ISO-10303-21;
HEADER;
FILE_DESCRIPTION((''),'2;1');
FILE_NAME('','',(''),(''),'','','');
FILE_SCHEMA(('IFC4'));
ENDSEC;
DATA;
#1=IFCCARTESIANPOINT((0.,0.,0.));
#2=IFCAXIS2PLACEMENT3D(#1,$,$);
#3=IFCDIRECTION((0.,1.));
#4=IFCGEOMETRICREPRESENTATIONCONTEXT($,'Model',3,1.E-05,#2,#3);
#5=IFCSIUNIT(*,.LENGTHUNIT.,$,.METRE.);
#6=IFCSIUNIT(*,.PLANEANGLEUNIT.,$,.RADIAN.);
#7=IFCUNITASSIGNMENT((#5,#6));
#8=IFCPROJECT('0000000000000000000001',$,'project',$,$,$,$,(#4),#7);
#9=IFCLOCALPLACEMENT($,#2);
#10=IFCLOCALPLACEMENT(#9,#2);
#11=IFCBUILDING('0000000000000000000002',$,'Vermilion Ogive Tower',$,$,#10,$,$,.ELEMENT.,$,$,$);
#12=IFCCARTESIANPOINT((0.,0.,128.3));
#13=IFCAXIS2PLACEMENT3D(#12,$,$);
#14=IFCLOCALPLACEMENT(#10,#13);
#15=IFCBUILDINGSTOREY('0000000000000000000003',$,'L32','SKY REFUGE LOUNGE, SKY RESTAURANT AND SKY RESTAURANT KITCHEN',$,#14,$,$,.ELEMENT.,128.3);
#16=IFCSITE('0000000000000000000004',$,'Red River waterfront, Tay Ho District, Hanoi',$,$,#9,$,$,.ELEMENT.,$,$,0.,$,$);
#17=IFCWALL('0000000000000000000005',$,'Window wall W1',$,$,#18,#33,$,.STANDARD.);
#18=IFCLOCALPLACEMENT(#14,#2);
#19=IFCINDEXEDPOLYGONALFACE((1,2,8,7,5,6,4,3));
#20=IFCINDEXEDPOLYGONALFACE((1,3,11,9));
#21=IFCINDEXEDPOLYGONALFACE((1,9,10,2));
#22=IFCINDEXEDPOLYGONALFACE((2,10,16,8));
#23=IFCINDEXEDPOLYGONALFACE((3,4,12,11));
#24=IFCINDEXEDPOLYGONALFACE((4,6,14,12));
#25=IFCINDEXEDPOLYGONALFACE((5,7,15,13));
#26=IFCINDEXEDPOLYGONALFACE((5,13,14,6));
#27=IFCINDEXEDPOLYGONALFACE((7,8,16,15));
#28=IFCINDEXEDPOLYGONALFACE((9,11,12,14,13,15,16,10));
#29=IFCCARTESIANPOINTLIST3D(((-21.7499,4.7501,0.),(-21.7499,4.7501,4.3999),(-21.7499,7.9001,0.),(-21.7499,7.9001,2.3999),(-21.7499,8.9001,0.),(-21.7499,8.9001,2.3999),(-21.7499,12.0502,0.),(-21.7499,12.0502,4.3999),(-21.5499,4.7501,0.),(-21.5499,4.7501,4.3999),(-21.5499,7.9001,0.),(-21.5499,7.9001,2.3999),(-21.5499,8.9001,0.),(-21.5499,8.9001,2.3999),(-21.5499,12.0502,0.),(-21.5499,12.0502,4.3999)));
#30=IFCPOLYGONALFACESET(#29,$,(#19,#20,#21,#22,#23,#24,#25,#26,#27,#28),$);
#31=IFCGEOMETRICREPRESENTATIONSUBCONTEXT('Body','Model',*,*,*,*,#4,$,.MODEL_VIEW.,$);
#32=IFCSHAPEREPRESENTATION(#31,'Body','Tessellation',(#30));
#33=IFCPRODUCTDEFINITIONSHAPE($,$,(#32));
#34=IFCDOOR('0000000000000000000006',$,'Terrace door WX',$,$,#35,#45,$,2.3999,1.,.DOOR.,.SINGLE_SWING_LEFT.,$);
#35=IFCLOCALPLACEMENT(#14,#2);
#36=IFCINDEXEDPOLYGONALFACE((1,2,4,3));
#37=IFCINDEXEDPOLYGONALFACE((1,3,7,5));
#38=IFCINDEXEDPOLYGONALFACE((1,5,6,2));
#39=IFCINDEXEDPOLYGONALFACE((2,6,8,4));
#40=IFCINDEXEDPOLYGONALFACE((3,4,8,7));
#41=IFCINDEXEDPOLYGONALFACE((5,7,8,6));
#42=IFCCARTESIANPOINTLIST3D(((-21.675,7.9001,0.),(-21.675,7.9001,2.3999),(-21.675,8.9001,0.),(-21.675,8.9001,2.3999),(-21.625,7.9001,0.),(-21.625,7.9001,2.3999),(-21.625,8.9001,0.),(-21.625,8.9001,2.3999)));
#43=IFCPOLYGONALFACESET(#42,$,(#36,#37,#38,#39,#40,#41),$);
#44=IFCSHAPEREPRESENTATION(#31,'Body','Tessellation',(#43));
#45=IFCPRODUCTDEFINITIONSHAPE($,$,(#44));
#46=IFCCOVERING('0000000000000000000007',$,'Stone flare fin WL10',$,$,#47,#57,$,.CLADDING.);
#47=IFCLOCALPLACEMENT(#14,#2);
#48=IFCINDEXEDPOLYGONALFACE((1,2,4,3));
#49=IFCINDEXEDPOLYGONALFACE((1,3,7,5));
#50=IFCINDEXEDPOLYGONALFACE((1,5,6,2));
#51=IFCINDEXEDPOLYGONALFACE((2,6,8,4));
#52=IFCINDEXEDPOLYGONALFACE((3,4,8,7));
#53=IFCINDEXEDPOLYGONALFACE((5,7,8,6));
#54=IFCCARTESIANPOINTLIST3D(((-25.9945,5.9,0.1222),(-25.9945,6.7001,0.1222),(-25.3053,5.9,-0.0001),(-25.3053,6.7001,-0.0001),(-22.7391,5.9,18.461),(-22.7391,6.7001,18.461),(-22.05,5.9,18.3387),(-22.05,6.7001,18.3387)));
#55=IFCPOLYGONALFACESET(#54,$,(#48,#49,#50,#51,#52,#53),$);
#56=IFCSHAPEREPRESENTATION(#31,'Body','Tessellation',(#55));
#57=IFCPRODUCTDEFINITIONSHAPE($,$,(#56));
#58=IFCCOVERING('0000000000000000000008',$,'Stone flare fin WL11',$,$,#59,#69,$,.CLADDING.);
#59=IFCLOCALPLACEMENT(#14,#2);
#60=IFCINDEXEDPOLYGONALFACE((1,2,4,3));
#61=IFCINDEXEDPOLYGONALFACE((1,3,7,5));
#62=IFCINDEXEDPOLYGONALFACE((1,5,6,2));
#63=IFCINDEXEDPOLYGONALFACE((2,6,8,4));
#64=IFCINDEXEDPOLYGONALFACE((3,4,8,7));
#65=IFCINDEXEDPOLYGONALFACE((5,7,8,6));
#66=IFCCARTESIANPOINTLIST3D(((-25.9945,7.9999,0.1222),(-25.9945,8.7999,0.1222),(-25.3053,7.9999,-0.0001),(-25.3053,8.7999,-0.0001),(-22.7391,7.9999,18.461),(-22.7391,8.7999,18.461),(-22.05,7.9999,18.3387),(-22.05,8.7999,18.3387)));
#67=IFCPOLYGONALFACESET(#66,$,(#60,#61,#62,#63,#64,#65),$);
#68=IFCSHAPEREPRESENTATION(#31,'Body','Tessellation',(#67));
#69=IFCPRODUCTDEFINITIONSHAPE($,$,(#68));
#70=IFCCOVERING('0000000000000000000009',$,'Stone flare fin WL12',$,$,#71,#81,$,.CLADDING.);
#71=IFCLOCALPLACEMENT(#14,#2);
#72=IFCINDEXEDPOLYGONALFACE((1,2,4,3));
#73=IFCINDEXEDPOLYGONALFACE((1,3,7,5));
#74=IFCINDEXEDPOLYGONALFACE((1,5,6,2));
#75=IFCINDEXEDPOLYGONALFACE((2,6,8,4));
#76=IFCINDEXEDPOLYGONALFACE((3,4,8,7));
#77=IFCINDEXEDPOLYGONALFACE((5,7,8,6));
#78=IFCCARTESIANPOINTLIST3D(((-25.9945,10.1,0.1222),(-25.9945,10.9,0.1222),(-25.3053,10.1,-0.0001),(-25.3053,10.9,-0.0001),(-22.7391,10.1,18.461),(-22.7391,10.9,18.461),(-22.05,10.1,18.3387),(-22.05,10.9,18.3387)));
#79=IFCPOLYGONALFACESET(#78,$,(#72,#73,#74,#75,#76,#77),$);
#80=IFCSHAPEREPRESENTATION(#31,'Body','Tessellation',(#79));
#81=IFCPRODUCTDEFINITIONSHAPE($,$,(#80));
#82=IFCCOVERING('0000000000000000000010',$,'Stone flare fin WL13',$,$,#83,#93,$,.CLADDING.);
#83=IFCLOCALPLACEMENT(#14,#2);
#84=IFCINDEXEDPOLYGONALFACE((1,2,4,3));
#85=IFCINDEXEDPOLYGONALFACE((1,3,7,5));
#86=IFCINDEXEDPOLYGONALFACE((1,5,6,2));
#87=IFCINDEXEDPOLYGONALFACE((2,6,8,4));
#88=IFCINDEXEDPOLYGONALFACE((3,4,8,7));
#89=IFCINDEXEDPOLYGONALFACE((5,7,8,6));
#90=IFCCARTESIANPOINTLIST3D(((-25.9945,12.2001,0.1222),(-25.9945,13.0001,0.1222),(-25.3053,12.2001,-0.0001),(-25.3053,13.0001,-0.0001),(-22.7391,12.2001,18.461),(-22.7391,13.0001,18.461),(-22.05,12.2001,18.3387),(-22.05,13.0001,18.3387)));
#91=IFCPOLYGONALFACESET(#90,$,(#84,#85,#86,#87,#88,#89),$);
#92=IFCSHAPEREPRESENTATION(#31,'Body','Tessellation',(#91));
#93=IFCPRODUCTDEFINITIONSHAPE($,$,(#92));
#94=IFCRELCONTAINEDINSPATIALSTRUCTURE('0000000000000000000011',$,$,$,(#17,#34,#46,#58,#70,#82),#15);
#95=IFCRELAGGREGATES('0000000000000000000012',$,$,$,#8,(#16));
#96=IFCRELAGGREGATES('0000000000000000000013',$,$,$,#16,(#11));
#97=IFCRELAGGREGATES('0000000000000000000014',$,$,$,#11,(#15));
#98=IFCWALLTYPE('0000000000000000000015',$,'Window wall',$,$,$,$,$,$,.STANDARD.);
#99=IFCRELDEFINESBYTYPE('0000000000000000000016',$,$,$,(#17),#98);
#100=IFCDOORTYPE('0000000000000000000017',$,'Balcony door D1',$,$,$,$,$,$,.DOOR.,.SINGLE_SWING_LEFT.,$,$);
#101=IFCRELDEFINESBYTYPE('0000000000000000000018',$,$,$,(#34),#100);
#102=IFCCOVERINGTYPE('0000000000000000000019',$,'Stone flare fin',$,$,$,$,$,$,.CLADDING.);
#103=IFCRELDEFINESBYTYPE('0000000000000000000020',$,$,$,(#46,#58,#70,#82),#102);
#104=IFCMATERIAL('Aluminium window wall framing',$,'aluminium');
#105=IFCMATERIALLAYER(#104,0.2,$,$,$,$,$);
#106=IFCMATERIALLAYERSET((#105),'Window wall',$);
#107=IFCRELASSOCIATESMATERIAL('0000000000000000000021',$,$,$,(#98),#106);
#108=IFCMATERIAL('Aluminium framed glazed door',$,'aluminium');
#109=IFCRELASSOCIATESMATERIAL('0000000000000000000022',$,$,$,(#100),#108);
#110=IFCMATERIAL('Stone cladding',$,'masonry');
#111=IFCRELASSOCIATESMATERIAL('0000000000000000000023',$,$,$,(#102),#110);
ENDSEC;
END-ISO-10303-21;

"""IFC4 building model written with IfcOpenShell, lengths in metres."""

from ifc_helpers import new_model, si_unit, direction, frame, frame_2d, origin, origin_2d, place, context, subcontext, project, spatial, rectangle, extrude, material, layer, layer_set, material_profile, profile_set, type_object, element, fill, save


model = new_model("IFC4")

# Units and contexts
model_context = context("Model", 3, precision=1e-05, world=origin(), true_north=direction((0.0, 1.0)))
body_context = subcontext(model_context, "Body", "Model", "MODEL_VIEW")
ifc_project = project(units=[si_unit("LENGTHUNIT", "METRE"), si_unit("PLANEANGLEUNIT", "RADIAN")], contexts=[model_context])

# Site, building, storey
site_placement = place(None, origin())
site = spatial("IfcSite", under=ifc_project, at=site_placement, Name="Red River waterfront, Tay Ho District, Hanoi", CompositionType="ELEMENT", RefElevation=0.0)
building_placement = place(site_placement, origin())
building = spatial("IfcBuilding", under=site, at=building_placement, Name="Vermilion Ogive Tower", CompositionType="ELEMENT")
storey_placement = place(building_placement, frame((0.0, 0.0, 128.3)))
storey = spatial("IfcBuildingStorey", under=building, at=storey_placement, Name="L32", Description="SKY REFUGE LOUNGE, SKY RESTAURANT AND SKY RESTAURANT KITCHEN", CompositionType="ELEMENT", Elevation=128.3)

# Wall, opening, door
ifc_material_1 = material(Name="Aluminium window wall framing", Category="aluminium")
ifc_layer_1 = layer(ifc_material_1, 0.2)
ifc_layer_set_1 = layer_set([ifc_layer_1], Name="Window wall")
wall_type_1 = type_object("IfcWallType", Name="Window wall", PredefinedType="STANDARD", material=ifc_layer_set_1)
wall_1_placement = place(storey_placement, frame((-21.6499, 12.05, 0.0), z_axis=(0.0, 0.0, 1.0), x_axis=(0.0, -1.0, 0.0)))
wall_1 = element("IfcWall", 1, at=wall_1_placement, inside=storey, type_object=wall_type_1, Name="Window wall W1", PredefinedType="STANDARD", context=body_context, shape_type="SweptSolid", body=[
    extrude(rectangle(XDim=7.3, YDim=0.2, at=frame_2d((3.6499, 0.0))), origin(), (0.0, 0.0, 1.0), 4.3999),
])
opening_1_placement = place(wall_1_placement, frame((3.1499, 0.0, 0.0)))
opening_1 = element("IfcOpeningElement", 2, at=opening_1_placement, cuts=wall_1, PredefinedType="OPENING", context=body_context, shape_type="SweptSolid", body=[
    extrude(rectangle(XDim=1.0, YDim=2.3999, at=frame_2d((0.5, 1.2))), frame((0.0, 0.1099, 0.0), z_axis=(0.0, -1.0, 0.0), x_axis=(1.0, 0.0, 0.0)), (0.0, 0.0, 1.0), 0.22),
])
ifc_material_2 = material(Name="Aluminium framed glazed door", Category="aluminium")
door_type_1 = type_object("IfcDoorType", Name="Balcony door D1", OperationType="SINGLE_SWING_LEFT", PredefinedType="DOOR", material=ifc_material_2)
door_1_placement = place(opening_1_placement, origin())
door_1 = element("IfcDoor", 3, at=door_1_placement, inside=storey, type_object=door_type_1, Name="Terrace door WX", OperationType="SINGLE_SWING_LEFT", OverallHeight=2.3999, OverallWidth=1.0, PredefinedType="DOOR", context=body_context, shape_type="SweptSolid", body=[
    extrude(rectangle(XDim=1.0, YDim=2.3999, at=frame_2d((0.5, 1.2))), frame((0.0, 0.0249, 0.0), z_axis=(0.0, -1.0, 0.0), x_axis=(1.0, 0.0, 0.0)), (0.0, 0.0, 1.0), 0.05),
])
fill(opening_1, door_1)

# Coverings
ifc_material_3 = material(Name="Stone cladding", Category="masonry")
ifc_material_profile_1 = material_profile(ifc_material_3, rectangle(XDim=0.8, YDim=0.7, at=origin_2d()), Name="STONE 800x700")
ifc_profile_set_1 = profile_set([ifc_material_profile_1], Name="Stone cladding")
covering_type = type_object("IfcCoveringType", Name="Stone flare fin", PredefinedType="CLADDING", material=ifc_profile_set_1)
for number, where, z_axis, x_axis, name in (
    (4, (-25.6499, 6.3, 0.061), (0.17478, 0.0, 0.984608), (0.0, 1.0, 0.0), "Stone flare fin WL10"),
    (5, (-25.6499, 8.3999, 0.061), (0.17478, 0.0, 0.984608), (0.0, 1.0, 0.0), "Stone flare fin WL11"),
    (6, (-25.6499, 10.5, 0.061), (0.17478, 0.0, 0.984608), (0.0, 1.0, 0.0), "Stone flare fin WL12"),
    (7, (-25.6499, 12.6001, 0.061), (0.17478, 0.0, 0.984608), (0.0, 1.0, 0.0), "Stone flare fin WL13"),
):
    element("IfcCovering", number, at=place(storey_placement, frame(where, z_axis=z_axis, x_axis=x_axis)), inside=storey, type_object=covering_type, Name=name, PredefinedType="CLADDING", context=body_context, shape_type="SweptSolid", body=[
        extrude(rectangle(XDim=0.8, YDim=0.7, at=origin_2d()), origin(), (0.0, 0.0, 1.0), 18.6255),
    ])

save(model, "model.ifc")
